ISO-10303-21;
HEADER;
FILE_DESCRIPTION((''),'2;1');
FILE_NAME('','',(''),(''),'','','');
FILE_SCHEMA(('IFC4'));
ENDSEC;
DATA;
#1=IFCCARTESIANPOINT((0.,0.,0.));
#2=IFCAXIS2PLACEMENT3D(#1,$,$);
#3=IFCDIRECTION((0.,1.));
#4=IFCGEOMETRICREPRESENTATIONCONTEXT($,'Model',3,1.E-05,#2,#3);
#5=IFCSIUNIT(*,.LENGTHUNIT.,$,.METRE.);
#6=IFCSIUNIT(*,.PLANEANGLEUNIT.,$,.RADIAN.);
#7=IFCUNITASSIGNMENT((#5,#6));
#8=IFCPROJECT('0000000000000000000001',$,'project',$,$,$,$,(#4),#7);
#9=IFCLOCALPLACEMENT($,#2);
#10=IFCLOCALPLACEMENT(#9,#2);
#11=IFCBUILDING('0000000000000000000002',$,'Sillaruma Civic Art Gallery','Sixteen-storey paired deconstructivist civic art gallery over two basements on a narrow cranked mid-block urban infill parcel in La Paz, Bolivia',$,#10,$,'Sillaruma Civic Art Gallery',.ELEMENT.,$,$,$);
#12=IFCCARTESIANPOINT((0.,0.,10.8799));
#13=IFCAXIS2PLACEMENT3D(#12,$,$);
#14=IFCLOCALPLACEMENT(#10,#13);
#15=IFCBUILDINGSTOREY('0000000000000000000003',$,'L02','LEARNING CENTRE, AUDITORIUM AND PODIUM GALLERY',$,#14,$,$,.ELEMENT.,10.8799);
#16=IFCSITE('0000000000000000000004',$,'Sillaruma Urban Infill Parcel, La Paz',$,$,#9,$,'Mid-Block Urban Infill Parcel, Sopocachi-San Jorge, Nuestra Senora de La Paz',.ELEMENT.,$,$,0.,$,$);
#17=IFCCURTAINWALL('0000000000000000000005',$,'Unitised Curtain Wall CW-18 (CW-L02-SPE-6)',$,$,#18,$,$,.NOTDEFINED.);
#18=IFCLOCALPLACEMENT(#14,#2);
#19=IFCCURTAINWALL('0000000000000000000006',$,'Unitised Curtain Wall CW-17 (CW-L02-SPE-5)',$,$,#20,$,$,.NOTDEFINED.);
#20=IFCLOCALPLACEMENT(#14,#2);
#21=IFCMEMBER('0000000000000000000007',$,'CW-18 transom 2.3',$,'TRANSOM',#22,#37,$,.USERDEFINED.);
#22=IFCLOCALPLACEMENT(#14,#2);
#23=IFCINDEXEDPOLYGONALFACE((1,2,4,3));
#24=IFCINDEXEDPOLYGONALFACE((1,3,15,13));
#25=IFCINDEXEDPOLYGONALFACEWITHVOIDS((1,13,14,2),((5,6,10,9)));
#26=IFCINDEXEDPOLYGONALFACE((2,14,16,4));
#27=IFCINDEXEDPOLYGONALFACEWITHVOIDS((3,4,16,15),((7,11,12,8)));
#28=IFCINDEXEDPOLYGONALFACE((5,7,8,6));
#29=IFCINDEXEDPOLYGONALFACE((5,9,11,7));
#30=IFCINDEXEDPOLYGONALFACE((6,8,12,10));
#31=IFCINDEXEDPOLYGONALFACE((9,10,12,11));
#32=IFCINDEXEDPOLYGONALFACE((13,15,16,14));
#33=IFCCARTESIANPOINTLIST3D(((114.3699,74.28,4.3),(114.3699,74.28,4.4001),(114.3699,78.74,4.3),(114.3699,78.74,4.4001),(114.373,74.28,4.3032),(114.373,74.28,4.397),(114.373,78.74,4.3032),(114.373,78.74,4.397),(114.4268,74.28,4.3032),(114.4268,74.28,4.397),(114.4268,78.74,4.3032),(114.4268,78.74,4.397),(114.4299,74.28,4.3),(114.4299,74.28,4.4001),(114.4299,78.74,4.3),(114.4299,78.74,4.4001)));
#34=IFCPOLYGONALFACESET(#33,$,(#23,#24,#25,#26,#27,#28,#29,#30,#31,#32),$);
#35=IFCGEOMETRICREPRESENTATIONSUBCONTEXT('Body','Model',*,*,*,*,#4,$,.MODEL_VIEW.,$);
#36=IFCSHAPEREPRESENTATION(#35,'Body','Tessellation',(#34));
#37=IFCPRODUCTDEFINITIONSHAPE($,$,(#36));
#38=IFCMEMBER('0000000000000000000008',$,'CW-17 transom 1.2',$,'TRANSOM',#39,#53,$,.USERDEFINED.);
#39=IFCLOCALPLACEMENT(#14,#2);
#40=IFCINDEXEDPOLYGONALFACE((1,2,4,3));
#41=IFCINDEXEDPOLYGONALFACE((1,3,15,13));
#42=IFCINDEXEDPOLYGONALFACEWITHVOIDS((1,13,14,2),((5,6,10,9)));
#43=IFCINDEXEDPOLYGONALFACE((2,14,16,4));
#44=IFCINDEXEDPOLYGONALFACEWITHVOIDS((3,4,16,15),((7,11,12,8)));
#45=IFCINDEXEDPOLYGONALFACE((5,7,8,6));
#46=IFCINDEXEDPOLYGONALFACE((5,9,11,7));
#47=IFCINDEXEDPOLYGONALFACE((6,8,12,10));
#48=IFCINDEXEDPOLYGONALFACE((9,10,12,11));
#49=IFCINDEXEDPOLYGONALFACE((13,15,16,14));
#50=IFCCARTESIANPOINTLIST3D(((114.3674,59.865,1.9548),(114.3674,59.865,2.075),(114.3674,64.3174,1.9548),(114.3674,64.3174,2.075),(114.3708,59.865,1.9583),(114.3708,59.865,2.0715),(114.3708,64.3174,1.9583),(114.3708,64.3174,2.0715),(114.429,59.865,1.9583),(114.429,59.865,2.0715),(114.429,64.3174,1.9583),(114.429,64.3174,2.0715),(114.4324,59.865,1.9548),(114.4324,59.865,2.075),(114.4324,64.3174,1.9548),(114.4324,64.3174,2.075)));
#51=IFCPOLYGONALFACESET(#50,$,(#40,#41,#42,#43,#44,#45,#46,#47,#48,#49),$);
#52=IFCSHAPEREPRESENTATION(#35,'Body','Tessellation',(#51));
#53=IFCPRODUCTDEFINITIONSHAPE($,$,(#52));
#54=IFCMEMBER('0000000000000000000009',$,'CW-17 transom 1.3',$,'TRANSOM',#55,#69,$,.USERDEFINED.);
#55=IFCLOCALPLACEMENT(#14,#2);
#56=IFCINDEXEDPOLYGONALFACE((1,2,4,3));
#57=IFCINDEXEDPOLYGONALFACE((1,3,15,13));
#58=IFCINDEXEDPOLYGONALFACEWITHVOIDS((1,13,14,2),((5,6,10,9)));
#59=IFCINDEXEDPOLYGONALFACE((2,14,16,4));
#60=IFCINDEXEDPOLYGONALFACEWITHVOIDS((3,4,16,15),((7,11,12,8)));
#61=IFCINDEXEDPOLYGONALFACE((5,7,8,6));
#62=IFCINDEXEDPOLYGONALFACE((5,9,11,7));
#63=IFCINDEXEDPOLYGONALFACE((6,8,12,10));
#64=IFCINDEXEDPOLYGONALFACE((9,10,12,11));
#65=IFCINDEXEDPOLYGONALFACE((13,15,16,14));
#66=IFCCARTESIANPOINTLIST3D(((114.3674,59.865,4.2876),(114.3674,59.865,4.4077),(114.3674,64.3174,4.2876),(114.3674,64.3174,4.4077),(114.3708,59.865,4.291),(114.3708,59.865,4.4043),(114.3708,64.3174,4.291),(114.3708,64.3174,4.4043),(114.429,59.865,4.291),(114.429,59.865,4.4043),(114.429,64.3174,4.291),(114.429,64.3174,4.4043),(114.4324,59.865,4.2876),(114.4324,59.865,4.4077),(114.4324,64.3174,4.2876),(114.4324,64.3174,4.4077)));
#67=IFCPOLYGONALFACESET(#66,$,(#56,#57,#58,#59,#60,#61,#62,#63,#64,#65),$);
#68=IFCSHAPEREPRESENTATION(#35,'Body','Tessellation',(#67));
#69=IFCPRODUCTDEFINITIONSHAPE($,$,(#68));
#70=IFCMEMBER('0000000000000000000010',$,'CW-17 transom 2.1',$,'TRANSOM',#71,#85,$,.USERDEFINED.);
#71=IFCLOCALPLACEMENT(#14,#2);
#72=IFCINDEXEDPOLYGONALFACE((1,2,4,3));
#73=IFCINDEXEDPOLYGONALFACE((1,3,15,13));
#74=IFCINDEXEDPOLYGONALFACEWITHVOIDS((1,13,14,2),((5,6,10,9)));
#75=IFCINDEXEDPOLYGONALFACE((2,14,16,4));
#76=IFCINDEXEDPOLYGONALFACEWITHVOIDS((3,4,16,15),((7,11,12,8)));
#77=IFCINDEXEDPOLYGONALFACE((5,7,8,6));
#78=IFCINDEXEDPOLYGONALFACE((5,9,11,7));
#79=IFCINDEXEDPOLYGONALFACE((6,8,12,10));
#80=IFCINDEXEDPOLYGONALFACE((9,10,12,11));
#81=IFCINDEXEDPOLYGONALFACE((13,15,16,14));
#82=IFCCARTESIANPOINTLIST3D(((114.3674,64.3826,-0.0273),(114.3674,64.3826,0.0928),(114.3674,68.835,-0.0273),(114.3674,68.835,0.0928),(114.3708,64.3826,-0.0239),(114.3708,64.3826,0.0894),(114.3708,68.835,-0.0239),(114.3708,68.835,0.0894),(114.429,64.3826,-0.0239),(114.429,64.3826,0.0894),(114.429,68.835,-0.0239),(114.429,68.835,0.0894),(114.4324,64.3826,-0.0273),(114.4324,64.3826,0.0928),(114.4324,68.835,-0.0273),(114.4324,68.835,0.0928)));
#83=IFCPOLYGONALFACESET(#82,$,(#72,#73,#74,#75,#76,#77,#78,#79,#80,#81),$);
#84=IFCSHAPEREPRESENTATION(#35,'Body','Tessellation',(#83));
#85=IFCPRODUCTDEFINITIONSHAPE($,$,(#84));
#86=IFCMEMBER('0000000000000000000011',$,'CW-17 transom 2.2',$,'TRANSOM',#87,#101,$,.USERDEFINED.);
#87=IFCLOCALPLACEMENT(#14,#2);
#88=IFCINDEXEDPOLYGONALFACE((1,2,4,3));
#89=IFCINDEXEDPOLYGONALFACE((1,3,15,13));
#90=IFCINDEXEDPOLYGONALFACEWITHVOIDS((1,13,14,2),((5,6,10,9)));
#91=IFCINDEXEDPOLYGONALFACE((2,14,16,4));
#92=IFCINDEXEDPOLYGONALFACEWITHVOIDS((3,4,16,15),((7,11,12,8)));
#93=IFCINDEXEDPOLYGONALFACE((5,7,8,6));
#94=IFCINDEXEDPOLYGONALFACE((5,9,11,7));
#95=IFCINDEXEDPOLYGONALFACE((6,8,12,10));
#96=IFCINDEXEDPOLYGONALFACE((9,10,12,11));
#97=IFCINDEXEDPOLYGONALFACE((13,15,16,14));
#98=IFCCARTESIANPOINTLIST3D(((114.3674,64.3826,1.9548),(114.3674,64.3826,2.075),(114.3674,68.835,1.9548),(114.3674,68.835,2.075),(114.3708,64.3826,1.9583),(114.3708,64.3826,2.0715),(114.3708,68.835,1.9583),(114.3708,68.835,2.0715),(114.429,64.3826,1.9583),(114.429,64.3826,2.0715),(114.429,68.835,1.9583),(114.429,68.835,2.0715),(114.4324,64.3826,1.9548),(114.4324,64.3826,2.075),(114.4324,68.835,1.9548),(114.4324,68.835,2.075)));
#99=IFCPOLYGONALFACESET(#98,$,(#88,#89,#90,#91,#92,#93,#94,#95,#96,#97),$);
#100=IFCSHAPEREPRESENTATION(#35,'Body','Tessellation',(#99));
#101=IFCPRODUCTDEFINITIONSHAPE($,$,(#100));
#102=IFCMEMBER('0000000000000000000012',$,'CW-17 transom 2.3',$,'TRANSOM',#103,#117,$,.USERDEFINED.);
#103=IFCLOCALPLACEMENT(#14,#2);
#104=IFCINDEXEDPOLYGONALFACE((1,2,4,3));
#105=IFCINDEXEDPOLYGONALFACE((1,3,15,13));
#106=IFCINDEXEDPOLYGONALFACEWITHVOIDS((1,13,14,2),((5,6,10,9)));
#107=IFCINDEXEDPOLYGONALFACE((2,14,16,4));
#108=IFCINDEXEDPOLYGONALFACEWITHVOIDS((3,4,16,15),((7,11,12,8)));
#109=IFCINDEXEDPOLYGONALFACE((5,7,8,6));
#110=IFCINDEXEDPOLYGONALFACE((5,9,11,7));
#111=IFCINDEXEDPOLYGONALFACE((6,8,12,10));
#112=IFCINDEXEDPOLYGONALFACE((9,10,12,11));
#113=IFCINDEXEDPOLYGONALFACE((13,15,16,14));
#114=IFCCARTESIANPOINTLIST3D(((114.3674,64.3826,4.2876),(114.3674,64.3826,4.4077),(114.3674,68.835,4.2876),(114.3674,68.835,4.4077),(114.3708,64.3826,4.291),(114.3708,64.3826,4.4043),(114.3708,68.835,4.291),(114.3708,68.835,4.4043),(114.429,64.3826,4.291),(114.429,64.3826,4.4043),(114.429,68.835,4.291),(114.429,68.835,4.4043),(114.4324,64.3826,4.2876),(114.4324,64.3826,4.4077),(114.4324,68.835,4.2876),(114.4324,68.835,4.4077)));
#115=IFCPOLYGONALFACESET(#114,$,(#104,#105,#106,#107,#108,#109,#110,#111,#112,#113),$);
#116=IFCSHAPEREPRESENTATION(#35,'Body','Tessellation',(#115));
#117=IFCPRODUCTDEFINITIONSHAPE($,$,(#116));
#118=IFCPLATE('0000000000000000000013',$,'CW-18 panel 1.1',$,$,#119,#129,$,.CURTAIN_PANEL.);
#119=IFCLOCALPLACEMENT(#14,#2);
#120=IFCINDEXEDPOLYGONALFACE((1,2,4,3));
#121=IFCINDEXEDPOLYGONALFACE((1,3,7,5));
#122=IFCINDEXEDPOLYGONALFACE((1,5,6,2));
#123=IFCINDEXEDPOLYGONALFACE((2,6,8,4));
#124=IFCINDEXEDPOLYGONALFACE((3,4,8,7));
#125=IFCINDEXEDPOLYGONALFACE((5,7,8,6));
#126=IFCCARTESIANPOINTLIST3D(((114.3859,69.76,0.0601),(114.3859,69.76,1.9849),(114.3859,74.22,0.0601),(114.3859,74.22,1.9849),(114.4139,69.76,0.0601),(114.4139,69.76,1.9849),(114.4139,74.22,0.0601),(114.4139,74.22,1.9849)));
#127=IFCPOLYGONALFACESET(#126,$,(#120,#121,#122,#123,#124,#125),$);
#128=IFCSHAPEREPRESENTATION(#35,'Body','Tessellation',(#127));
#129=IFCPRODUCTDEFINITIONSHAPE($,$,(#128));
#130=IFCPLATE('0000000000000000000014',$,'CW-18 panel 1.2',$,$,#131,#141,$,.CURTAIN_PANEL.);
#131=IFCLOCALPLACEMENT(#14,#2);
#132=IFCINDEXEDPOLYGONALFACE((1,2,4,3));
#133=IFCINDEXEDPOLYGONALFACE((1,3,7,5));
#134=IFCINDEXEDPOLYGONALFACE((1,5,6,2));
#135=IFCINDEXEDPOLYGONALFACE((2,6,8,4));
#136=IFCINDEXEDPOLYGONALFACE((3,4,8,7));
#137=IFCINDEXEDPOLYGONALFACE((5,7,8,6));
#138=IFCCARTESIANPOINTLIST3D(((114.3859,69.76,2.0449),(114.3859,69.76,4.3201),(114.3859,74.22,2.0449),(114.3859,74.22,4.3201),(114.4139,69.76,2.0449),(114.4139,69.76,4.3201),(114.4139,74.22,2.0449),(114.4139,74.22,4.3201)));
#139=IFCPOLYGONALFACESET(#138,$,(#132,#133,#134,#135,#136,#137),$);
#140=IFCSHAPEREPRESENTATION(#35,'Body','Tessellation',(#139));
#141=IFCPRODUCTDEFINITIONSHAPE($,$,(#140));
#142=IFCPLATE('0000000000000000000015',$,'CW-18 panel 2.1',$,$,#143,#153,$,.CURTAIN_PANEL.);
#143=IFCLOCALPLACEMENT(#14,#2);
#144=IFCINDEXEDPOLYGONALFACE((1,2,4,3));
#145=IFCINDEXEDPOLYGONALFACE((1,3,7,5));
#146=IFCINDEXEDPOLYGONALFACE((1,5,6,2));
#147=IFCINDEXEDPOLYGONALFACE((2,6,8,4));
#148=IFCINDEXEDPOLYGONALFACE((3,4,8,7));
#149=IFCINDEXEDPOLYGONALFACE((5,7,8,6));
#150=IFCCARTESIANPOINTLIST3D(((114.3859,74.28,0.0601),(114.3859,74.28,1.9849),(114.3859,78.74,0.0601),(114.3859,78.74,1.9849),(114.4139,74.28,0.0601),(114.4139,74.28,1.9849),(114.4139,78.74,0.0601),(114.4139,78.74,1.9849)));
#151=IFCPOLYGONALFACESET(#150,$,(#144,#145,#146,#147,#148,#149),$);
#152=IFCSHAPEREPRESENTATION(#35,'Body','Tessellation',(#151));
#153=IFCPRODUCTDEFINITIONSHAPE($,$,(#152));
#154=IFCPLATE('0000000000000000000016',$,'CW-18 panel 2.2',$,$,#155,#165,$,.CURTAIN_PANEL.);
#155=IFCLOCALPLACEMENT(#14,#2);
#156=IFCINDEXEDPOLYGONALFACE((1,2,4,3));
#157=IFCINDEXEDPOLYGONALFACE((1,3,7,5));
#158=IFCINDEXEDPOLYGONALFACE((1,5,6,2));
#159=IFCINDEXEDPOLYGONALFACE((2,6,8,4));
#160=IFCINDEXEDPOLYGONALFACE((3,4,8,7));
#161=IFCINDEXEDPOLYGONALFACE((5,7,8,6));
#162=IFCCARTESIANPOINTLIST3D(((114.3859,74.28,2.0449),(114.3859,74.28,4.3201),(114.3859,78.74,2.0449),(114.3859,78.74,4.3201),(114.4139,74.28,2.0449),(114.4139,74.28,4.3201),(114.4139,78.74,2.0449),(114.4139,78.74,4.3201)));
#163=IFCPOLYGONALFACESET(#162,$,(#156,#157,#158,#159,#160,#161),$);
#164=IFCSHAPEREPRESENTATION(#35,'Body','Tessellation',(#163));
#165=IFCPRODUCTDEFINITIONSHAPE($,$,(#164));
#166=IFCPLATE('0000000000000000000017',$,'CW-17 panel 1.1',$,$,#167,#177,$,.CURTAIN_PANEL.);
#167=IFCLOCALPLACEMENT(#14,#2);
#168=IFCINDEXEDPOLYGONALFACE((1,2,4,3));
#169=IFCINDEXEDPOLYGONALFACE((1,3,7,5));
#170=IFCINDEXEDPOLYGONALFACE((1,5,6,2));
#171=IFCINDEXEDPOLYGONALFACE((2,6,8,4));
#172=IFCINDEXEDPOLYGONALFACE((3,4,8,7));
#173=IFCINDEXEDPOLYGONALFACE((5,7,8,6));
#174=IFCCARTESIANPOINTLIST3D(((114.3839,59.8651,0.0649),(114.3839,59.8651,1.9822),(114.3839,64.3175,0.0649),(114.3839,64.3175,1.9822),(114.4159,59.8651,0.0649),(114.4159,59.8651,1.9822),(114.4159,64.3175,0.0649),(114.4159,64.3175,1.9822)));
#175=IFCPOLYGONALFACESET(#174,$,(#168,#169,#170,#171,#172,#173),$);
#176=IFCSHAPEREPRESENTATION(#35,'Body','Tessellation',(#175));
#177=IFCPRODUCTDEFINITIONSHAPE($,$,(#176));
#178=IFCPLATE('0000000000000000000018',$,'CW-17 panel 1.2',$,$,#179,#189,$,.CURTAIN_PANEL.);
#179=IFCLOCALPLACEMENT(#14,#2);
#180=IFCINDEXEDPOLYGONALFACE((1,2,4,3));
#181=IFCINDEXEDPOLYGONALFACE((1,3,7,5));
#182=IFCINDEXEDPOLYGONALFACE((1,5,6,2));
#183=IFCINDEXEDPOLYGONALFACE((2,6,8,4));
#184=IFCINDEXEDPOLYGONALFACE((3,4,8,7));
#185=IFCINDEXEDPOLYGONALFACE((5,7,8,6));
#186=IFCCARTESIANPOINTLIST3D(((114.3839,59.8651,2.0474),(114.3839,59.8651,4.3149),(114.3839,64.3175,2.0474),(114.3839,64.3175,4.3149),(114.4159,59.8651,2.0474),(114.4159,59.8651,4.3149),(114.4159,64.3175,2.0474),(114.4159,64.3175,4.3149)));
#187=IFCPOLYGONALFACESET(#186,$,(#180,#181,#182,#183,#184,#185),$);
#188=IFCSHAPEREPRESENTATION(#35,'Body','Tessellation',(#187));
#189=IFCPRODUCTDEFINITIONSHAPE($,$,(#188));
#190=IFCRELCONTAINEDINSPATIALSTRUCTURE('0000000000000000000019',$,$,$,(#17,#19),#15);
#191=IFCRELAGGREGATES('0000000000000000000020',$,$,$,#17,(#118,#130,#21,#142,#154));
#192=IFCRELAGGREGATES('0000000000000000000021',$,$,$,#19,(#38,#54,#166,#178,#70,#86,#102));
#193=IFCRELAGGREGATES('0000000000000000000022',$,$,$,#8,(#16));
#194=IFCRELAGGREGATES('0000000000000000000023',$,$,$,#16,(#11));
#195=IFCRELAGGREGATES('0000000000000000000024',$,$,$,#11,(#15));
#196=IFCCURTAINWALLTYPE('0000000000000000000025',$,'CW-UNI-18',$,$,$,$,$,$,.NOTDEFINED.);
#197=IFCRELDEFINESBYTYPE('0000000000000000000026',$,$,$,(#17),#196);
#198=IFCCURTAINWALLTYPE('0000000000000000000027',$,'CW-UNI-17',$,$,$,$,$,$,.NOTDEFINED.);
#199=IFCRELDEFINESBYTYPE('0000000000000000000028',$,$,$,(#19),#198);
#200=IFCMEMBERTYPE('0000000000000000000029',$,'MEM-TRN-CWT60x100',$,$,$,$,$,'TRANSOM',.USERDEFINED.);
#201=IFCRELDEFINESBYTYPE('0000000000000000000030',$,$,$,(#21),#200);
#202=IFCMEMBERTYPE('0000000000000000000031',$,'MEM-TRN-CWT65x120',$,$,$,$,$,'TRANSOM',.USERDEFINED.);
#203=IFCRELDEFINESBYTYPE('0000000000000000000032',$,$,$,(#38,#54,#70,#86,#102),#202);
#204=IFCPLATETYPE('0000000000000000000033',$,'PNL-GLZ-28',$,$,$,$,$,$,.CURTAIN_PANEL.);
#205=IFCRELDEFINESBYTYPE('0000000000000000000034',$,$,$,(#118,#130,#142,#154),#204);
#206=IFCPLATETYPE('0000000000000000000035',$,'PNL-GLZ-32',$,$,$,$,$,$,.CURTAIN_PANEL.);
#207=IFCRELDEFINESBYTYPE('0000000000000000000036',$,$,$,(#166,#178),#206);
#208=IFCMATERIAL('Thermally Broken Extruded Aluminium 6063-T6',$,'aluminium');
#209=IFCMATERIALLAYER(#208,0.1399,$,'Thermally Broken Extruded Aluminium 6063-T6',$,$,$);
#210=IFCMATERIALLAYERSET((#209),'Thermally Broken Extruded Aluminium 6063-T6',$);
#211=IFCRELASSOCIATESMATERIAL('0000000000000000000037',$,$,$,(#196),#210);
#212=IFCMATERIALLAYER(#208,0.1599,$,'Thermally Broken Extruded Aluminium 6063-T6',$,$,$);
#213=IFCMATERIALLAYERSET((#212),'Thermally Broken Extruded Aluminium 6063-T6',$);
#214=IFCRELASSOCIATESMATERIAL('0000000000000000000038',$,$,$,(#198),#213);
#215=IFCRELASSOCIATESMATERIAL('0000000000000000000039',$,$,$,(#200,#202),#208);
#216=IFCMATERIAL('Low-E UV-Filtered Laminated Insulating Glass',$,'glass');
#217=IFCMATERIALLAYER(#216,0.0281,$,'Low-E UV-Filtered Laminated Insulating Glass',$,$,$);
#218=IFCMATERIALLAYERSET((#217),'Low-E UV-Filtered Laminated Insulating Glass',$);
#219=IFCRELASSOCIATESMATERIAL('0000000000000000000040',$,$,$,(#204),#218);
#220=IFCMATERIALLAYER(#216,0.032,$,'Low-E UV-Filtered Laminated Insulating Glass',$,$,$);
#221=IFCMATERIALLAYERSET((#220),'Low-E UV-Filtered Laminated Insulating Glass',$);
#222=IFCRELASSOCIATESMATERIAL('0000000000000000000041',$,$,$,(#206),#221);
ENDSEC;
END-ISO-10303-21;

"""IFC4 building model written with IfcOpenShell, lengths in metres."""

from ifc_helpers import new_model, si_unit, direction, frame, origin, origin_2d, place, context, subcontext, project, spatial, rectangle, hollow_rectangle, extrude, material, layer, layer_set, material_profile, profile_set, type_object, element, aggregate, save


model = new_model("IFC4")

# Units and contexts
model_context = context("Model", 3, precision=1e-05, world=origin(), true_north=direction((0.0, 1.0)))
body_context = subcontext(model_context, "Body", "Model", "MODEL_VIEW")
ifc_project = project(units=[si_unit("LENGTHUNIT", "METRE"), si_unit("PLANEANGLEUNIT", "RADIAN")], contexts=[model_context])

# Site, building, storey
site_placement = place(None, origin())
site = spatial("IfcSite", under=ifc_project, at=site_placement, Name="Sillaruma Urban Infill Parcel, La Paz", LongName="Mid-Block Urban Infill Parcel, Sopocachi-San Jorge, Nuestra Senora de La Paz", CompositionType="ELEMENT", RefElevation=0.0)
building_placement = place(site_placement, origin())
building = spatial("IfcBuilding", under=site, at=building_placement, Name="Sillaruma Civic Art Gallery", Description="Sixteen-storey paired deconstructivist civic art gallery over two basements on a narrow cranked mid-block urban infill parcel in La Paz, Bolivia", LongName="Sillaruma Civic Art Gallery", CompositionType="ELEMENT")
storey_placement = place(building_placement, frame((0.0, 0.0, 10.8799)))
storey = spatial("IfcBuildingStorey", under=building, at=storey_placement, Name="L02", Description="LEARNING CENTRE, AUDITORIUM AND PODIUM GALLERY", CompositionType="ELEMENT", Elevation=10.8799)

# Curtain walls
ifc_material_1 = material(Name="Thermally Broken Extruded Aluminium 6063-T6", Category="aluminium")
ifc_layer_1 = layer(ifc_material_1, 0.1399, Name="Thermally Broken Extruded Aluminium 6063-T6")
ifc_layer_set_1 = layer_set([ifc_layer_1], Name="Thermally Broken Extruded Aluminium 6063-T6")
curtain_wall_type_1 = type_object("IfcCurtainWallType", Name="CW-UNI-18", PredefinedType="NOTDEFINED", material=ifc_layer_set_1)
curtain_wall_1_placement = place(storey_placement, origin())
curtain_wall_1 = element("IfcCurtainWall", 1, at=curtain_wall_1_placement, inside=storey, type_object=curtain_wall_type_1, Name="Unitised Curtain Wall CW-18 (CW-L02-SPE-6)", PredefinedType="NOTDEFINED")
ifc_layer_2 = layer(ifc_material_1, 0.1599, Name="Thermally Broken Extruded Aluminium 6063-T6")
ifc_layer_set_2 = layer_set([ifc_layer_2], Name="Thermally Broken Extruded Aluminium 6063-T6")
curtain_wall_type_2 = type_object("IfcCurtainWallType", Name="CW-UNI-17", PredefinedType="NOTDEFINED", material=ifc_layer_set_2)
curtain_wall_2_placement = place(storey_placement, origin())
curtain_wall_2 = element("IfcCurtainWall", 2, at=curtain_wall_2_placement, inside=storey, type_object=curtain_wall_type_2, Name="Unitised Curtain Wall CW-17 (CW-L02-SPE-5)", PredefinedType="NOTDEFINED")

# Members
ifc_material_profile_1 = material_profile(ifc_material_1, hollow_rectangle(XDim=0.0601, YDim=0.1001, WallThickness=0.0032, at=origin_2d()), Name="CWT60x100")
ifc_profile_set_1 = profile_set([ifc_material_profile_1], Name="Thermally Broken Extruded Aluminium 6063-T6")
member_type_1 = type_object("IfcMemberType", Name="MEM-TRN-CWT60x100", ElementType="TRANSOM", PredefinedType="USERDEFINED", material=ifc_profile_set_1)
member_1_placement = place(storey_placement, frame((114.3999, 74.28, 4.3501), z_axis=(0.0, 1.0, 0.0), x_axis=(-1.0, 0.0, 0.0)))
member_1 = element("IfcMember", 3, at=member_1_placement, type_object=member_type_1, Name="CW-18 transom 2.3", ObjectType="TRANSOM", PredefinedType="USERDEFINED", context=body_context, shape_type="SweptSolid", body=[
    extrude(hollow_rectangle(XDim=0.0601, YDim=0.1001, WallThickness=0.0032, at=origin_2d()), origin(), (0.0, 0.0, 1.0), 4.46),
])
ifc_material_profile_2 = material_profile(ifc_material_1, hollow_rectangle(XDim=0.0649, YDim=0.1201, WallThickness=0.0034, at=origin_2d()), Name="CWT65x120")
ifc_profile_set_2 = profile_set([ifc_material_profile_2], Name="Thermally Broken Extruded Aluminium 6063-T6")
member_type_2 = type_object("IfcMemberType", Name="MEM-TRN-CWT65x120", ElementType="TRANSOM", PredefinedType="USERDEFINED", material=ifc_profile_set_2)
member_2_placement = place(storey_placement, frame((114.3999, 59.865, 2.0149), z_axis=(0.0, 1.0, 0.0), x_axis=(-1.0, 0.0, 0.0)))
member_2 = element("IfcMember", 4, at=member_2_placement, type_object=member_type_2, Name="CW-17 transom 1.2", ObjectType="TRANSOM", PredefinedType="USERDEFINED", context=body_context, shape_type="SweptSolid", body=[
    extrude(hollow_rectangle(XDim=0.0649, YDim=0.1201, WallThickness=0.0034, at=origin_2d()), origin(), (0.0, 0.0, 1.0), 4.4524),
])
member_3_placement = place(storey_placement, frame((114.3999, 59.865, 4.3477), z_axis=(0.0, 1.0, 0.0), x_axis=(-1.0, 0.0, 0.0)))
member_3 = element("IfcMember", 5, at=member_3_placement, type_object=member_type_2, Name="CW-17 transom 1.3", ObjectType="TRANSOM", PredefinedType="USERDEFINED", context=body_context, shape_type="SweptSolid", body=[
    extrude(hollow_rectangle(XDim=0.0649, YDim=0.1201, WallThickness=0.0034, at=origin_2d()), origin(), (0.0, 0.0, 1.0), 4.4524),
])
member_4_placement = place(storey_placement, frame((114.3999, 64.3826, 0.0327), z_axis=(0.0, 1.0, 0.0), x_axis=(-1.0, 0.0, 0.0)))
member_4 = element("IfcMember", 6, at=member_4_placement, type_object=member_type_2, Name="CW-17 transom 2.1", ObjectType="TRANSOM", PredefinedType="USERDEFINED", context=body_context, shape_type="SweptSolid", body=[
    extrude(hollow_rectangle(XDim=0.0649, YDim=0.1201, WallThickness=0.0034, at=origin_2d()), origin(), (0.0, 0.0, 1.0), 4.4524),
])
member_5_placement = place(storey_placement, frame((114.3999, 64.3826, 2.0149), z_axis=(0.0, 1.0, 0.0), x_axis=(-1.0, 0.0, 0.0)))
member_5 = element("IfcMember", 7, at=member_5_placement, type_object=member_type_2, Name="CW-17 transom 2.2", ObjectType="TRANSOM", PredefinedType="USERDEFINED", context=body_context, shape_type="SweptSolid", body=[
    extrude(hollow_rectangle(XDim=0.0649, YDim=0.1201, WallThickness=0.0034, at=origin_2d()), origin(), (0.0, 0.0, 1.0), 4.4524),
])
member_6_placement = place(storey_placement, frame((114.3999, 64.3826, 4.3477), z_axis=(0.0, 1.0, 0.0), x_axis=(-1.0, 0.0, 0.0)))
member_6 = element("IfcMember", 8, at=member_6_placement, type_object=member_type_2, Name="CW-17 transom 2.3", ObjectType="TRANSOM", PredefinedType="USERDEFINED", context=body_context, shape_type="SweptSolid", body=[
    extrude(hollow_rectangle(XDim=0.0649, YDim=0.1201, WallThickness=0.0034, at=origin_2d()), origin(), (0.0, 0.0, 1.0), 4.4524),
])

# Plates
ifc_material_2 = material(Name="Low-E UV-Filtered Laminated Insulating Glass", Category="glass")
ifc_layer_3 = layer(ifc_material_2, 0.0281, Name="Low-E UV-Filtered Laminated Insulating Glass")
ifc_layer_set_3 = layer_set([ifc_layer_3], Name="Low-E UV-Filtered Laminated Insulating Glass")
plate_type_1 = type_object("IfcPlateType", Name="PNL-GLZ-28", PredefinedType="CURTAIN_PANEL", material=ifc_layer_set_3)
plate_1_placement = place(storey_placement, frame((114.3999, 71.99, 0.0601), z_axis=(0.0, 0.0, 1.0), x_axis=(0.0, 1.0, 0.0)))
plate_1 = element("IfcPlate", 9, at=plate_1_placement, type_object=plate_type_1, Name="CW-18 panel 1.1", PredefinedType="CURTAIN_PANEL", context=body_context, shape_type="SweptSolid", body=[
    extrude(rectangle(XDim=4.46, YDim=0.0281, at=origin_2d()), origin(), (0.0, 0.0, 1.0), 1.9248),
])
plate_2_placement = place(storey_placement, frame((114.3999, 71.99, 2.0449), z_axis=(0.0, 0.0, 1.0), x_axis=(0.0, 1.0, 0.0)))
plate_2 = element("IfcPlate", 10, at=plate_2_placement, type_object=plate_type_1, Name="CW-18 panel 1.2", PredefinedType="CURTAIN_PANEL", context=body_context, shape_type="SweptSolid", body=[
    extrude(rectangle(XDim=4.46, YDim=0.0281, at=origin_2d()), origin(), (0.0, 0.0, 1.0), 2.2751),
])
plate_3_placement = place(storey_placement, frame((114.3999, 76.51, 0.0601), z_axis=(0.0, 0.0, 1.0), x_axis=(0.0, 1.0, 0.0)))
plate_3 = element("IfcPlate", 11, at=plate_3_placement, type_object=plate_type_1, Name="CW-18 panel 2.1", PredefinedType="CURTAIN_PANEL", context=body_context, shape_type="SweptSolid", body=[
    extrude(rectangle(XDim=4.46, YDim=0.0281, at=origin_2d()), origin(), (0.0, 0.0, 1.0), 1.9248),
])
plate_4_placement = place(storey_placement, frame((114.3999, 76.51, 2.0449), z_axis=(0.0, 0.0, 1.0), x_axis=(0.0, 1.0, 0.0)))
plate_4 = element("IfcPlate", 12, at=plate_4_placement, type_object=plate_type_1, Name="CW-18 panel 2.2", PredefinedType="CURTAIN_PANEL", context=body_context, shape_type="SweptSolid", body=[
    extrude(rectangle(XDim=4.46, YDim=0.0281, at=origin_2d()), origin(), (0.0, 0.0, 1.0), 2.2751),
])
aggregate(curtain_wall_1, [plate_1, plate_2, member_1, plate_3, plate_4])
ifc_layer_4 = layer(ifc_material_2, 0.032, Name="Low-E UV-Filtered Laminated Insulating Glass")
ifc_layer_set_4 = layer_set([ifc_layer_4], Name="Low-E UV-Filtered Laminated Insulating Glass")
plate_type_2 = type_object("IfcPlateType", Name="PNL-GLZ-32", PredefinedType="CURTAIN_PANEL", material=ifc_layer_set_4)
plate_5_placement = place(storey_placement, frame((114.3999, 62.0913, 0.0649), z_axis=(0.0, 0.0, 1.0), x_axis=(0.0, 1.0, 0.0)))
plate_5 = element("IfcPlate", 13, at=plate_5_placement, type_object=plate_type_2, Name="CW-17 panel 1.1", PredefinedType="CURTAIN_PANEL", context=body_context, shape_type="SweptSolid", body=[
    extrude(rectangle(XDim=4.4524, YDim=0.032, at=origin_2d()), origin(), (0.0, 0.0, 1.0), 1.9172),
])
plate_6_placement = place(storey_placement, frame((114.3999, 62.0913, 2.0474), z_axis=(0.0, 0.0, 1.0), x_axis=(0.0, 1.0, 0.0)))
plate_6 = element("IfcPlate", 14, at=plate_6_placement, type_object=plate_type_2, Name="CW-17 panel 1.2", PredefinedType="CURTAIN_PANEL", context=body_context, shape_type="SweptSolid", body=[
    extrude(rectangle(XDim=4.4524, YDim=0.032, at=origin_2d()), origin(), (0.0, 0.0, 1.0), 2.2676),
])
aggregate(curtain_wall_2, [member_2, member_3, plate_5, plate_6, member_4, member_5, member_6])

save(model, "model.ifc")
